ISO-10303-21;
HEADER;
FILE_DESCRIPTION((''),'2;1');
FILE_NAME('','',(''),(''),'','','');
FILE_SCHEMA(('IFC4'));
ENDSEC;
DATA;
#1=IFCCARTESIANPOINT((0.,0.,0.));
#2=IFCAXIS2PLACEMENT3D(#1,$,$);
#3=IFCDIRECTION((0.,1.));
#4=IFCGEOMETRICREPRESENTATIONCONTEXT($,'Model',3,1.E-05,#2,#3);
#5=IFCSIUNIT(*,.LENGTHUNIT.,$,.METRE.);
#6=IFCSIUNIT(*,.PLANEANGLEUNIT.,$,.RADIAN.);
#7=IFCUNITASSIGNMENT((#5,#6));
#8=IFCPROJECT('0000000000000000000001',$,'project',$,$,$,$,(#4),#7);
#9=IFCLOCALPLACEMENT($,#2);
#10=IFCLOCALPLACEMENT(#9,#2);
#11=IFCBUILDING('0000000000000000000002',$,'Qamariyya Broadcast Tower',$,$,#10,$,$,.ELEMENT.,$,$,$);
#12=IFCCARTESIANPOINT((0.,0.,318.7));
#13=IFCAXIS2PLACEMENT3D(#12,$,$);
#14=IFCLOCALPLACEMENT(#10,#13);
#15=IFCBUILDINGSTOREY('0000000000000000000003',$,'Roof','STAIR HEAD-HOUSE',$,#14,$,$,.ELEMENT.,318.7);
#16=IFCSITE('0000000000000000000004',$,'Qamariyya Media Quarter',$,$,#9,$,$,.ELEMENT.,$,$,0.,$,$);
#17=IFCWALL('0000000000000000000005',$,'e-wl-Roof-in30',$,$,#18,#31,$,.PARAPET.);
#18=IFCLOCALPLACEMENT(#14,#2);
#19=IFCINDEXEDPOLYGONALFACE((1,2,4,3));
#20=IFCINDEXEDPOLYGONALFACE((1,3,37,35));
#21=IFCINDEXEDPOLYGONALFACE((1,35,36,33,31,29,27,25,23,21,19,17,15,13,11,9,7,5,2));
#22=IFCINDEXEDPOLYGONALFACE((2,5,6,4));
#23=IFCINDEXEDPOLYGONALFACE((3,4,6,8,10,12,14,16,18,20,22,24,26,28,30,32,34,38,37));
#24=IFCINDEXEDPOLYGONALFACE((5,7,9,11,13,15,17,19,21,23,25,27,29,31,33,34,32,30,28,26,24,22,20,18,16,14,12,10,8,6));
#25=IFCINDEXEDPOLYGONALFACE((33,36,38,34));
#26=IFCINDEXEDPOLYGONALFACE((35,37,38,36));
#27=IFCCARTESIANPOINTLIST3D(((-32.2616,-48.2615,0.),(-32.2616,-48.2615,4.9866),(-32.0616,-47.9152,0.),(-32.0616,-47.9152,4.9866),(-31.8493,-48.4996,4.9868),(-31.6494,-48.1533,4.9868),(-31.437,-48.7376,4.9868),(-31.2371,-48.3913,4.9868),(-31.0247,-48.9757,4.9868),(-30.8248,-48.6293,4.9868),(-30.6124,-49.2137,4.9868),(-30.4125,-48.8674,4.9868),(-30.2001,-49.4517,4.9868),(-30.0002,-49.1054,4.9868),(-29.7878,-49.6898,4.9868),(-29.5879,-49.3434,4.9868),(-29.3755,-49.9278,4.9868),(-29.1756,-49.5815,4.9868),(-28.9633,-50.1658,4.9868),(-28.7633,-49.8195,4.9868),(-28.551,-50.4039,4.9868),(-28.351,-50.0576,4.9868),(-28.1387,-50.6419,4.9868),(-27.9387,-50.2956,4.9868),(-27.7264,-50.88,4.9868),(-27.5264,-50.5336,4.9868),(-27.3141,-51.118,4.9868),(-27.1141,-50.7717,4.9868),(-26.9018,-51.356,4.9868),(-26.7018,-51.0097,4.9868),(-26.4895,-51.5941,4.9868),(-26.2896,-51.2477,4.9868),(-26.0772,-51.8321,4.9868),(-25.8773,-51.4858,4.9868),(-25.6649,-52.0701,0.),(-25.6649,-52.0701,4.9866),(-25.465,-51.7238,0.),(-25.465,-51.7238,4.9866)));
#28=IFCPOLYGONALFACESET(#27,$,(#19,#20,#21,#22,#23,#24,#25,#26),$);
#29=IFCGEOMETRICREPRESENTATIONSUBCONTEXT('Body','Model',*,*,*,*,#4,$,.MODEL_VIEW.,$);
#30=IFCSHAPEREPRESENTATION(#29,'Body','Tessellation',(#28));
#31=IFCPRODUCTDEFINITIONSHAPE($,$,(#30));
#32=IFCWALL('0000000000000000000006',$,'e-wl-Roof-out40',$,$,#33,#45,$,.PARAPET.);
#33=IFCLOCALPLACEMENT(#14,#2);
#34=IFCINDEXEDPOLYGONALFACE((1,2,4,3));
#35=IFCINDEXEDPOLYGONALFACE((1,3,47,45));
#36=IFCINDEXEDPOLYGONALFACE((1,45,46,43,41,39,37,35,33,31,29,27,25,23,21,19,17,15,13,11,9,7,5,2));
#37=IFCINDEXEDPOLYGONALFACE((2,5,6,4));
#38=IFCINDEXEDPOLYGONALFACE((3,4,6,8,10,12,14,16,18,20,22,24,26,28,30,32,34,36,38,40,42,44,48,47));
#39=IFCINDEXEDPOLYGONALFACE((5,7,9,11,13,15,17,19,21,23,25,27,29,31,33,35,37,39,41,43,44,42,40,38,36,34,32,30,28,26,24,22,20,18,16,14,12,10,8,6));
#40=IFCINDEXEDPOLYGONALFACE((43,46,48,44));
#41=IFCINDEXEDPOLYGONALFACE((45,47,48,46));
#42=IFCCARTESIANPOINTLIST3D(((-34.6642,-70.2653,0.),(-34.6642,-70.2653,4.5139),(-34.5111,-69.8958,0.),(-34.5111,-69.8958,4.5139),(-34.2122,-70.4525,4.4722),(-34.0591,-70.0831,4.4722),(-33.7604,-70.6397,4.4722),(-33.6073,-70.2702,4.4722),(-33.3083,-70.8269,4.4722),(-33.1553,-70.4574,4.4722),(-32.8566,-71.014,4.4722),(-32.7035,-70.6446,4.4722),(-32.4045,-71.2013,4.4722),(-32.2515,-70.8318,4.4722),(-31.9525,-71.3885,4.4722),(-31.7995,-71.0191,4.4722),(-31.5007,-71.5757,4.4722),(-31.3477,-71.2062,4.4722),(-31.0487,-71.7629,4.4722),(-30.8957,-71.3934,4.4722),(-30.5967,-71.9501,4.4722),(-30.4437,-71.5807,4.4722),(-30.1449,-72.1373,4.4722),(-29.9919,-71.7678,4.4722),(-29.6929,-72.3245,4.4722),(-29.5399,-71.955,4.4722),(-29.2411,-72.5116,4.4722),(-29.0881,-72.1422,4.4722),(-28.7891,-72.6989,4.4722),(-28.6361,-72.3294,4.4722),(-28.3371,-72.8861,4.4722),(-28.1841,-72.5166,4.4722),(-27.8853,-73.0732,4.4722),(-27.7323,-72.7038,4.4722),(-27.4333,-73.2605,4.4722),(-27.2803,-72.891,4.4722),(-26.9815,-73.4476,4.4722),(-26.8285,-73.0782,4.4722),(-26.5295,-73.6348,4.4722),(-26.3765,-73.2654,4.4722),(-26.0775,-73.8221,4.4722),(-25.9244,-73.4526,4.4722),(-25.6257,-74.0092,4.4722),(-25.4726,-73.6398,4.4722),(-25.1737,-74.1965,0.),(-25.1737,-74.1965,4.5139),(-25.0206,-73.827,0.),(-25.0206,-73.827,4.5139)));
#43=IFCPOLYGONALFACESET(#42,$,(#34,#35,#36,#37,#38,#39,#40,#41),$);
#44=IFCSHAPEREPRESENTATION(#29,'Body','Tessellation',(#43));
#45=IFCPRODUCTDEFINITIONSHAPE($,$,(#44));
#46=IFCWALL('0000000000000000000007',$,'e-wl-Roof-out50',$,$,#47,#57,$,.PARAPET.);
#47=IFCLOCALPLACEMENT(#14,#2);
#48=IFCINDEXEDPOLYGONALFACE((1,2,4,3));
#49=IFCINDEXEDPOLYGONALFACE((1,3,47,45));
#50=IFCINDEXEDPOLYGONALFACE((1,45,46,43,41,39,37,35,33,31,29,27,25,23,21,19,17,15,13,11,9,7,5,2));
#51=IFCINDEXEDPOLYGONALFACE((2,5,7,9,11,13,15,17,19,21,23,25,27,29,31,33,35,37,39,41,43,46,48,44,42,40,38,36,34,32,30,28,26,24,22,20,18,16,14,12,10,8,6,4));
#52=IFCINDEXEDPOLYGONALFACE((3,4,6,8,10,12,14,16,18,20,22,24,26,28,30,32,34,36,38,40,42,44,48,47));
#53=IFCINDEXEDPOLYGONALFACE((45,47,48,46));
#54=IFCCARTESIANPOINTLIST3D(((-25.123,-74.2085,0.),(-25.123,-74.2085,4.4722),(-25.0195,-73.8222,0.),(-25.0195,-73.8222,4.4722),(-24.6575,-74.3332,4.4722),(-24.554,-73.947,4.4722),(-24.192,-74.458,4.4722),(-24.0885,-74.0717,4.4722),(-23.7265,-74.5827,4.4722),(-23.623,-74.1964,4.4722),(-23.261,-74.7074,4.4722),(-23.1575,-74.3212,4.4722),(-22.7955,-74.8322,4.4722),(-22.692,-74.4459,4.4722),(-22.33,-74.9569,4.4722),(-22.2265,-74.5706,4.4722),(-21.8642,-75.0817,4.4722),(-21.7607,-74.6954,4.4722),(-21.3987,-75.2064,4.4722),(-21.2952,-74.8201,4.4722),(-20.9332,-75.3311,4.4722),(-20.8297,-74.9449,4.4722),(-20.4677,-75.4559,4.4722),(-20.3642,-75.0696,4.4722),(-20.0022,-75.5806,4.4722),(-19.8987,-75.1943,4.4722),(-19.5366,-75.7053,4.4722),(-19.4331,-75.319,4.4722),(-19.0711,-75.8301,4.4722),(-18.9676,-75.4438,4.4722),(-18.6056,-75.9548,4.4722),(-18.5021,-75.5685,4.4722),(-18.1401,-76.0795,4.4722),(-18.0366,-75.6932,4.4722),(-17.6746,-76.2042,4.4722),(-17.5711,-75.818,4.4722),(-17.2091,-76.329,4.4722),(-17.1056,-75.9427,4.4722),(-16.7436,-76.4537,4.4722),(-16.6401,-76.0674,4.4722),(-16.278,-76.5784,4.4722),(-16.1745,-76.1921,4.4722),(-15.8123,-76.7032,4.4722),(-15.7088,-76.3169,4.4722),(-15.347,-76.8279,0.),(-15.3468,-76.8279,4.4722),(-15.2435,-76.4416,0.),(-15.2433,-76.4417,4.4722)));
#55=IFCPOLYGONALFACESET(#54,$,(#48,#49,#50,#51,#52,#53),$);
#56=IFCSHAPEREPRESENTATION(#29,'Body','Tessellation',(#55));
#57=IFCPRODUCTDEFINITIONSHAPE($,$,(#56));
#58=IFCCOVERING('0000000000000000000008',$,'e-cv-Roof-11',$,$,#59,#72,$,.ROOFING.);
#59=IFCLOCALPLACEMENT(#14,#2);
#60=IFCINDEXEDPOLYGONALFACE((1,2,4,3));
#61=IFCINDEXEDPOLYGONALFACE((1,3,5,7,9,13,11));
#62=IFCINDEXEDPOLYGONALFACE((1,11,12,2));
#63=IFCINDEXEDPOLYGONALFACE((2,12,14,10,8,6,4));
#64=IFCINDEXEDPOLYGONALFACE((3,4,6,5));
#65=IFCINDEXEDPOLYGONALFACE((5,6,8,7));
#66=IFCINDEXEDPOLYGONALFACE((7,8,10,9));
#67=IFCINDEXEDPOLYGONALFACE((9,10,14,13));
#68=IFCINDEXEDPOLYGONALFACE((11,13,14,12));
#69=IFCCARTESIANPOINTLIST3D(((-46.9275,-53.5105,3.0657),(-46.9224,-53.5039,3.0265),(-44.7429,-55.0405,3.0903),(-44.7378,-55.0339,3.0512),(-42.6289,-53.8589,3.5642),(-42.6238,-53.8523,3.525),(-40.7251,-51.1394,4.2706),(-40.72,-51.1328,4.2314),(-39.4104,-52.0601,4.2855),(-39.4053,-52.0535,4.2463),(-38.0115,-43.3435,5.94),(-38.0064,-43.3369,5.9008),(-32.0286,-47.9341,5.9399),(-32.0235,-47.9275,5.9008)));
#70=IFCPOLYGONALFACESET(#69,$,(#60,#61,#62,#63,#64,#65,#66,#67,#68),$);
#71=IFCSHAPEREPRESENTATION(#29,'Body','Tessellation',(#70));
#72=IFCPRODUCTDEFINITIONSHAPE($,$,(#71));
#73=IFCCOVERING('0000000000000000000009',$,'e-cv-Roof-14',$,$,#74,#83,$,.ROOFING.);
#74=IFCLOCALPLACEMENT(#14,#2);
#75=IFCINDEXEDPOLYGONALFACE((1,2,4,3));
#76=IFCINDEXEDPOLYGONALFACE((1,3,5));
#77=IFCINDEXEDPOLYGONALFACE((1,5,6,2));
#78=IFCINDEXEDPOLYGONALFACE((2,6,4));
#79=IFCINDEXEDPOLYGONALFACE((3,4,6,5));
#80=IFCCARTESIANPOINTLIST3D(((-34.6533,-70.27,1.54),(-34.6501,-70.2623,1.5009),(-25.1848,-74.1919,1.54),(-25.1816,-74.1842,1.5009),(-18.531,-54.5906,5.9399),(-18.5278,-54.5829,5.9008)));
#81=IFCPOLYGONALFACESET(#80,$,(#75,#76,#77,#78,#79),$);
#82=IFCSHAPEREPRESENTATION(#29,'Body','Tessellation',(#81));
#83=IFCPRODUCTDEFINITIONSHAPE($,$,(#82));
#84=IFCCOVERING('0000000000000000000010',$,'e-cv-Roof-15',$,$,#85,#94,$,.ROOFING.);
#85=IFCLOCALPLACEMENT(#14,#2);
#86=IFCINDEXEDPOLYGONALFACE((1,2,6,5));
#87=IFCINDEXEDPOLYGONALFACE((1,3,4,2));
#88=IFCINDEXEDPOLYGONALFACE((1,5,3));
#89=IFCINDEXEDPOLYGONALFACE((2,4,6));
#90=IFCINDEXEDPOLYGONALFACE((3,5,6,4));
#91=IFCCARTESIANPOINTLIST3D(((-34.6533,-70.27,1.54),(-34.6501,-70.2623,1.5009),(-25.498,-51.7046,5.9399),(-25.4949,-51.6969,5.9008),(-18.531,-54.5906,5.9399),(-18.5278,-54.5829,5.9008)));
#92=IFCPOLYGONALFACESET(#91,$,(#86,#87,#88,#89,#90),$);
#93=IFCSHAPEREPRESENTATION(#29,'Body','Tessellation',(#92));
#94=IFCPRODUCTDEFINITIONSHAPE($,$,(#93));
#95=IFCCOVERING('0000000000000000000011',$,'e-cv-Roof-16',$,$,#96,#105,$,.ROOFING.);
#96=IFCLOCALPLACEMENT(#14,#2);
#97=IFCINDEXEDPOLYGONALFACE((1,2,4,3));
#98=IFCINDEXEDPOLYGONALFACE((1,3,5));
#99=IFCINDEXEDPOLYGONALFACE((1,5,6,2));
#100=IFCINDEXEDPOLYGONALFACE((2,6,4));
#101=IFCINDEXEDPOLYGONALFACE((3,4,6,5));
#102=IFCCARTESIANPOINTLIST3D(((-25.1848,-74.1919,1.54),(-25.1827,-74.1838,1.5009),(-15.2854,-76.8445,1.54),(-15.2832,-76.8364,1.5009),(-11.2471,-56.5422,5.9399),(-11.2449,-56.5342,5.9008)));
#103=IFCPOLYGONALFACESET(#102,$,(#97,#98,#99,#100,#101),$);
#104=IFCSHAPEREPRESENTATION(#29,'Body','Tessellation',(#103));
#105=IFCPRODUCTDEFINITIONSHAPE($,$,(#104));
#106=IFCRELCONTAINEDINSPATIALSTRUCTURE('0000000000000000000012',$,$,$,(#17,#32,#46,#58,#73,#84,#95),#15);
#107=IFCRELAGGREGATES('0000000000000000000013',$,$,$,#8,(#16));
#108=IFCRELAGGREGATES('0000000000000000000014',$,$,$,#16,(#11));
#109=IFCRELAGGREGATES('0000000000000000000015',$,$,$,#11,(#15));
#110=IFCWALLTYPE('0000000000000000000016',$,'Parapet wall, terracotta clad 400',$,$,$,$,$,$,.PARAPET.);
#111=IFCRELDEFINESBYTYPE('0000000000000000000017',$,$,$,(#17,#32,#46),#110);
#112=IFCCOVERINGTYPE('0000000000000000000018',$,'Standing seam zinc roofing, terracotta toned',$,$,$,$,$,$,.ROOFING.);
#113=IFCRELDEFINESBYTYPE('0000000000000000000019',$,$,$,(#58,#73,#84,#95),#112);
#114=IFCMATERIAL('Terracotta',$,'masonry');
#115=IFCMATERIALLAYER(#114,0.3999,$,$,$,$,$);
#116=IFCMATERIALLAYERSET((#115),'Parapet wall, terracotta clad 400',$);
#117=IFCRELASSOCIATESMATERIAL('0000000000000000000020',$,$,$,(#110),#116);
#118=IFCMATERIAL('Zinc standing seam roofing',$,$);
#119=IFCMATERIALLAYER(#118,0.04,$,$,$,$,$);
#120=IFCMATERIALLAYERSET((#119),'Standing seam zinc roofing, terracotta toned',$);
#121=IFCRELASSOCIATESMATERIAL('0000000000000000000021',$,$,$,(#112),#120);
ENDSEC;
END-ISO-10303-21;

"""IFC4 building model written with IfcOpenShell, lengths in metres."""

from ifc_helpers import new_model, si_unit, direction, frame, origin, place, context, subcontext, project, spatial, polyline, outline, extrude, material, layer, layer_set, type_object, element, save


model = new_model("IFC4")

# Units and contexts
model_context = context("Model", 3, precision=1e-05, world=origin(), true_north=direction((0.0, 1.0)))
body_context = subcontext(model_context, "Body", "Model", "MODEL_VIEW")
ifc_project = project(units=[si_unit("LENGTHUNIT", "METRE"), si_unit("PLANEANGLEUNIT", "RADIAN")], contexts=[model_context])

# Site, building, storey
site_placement = place(None, origin())
site = spatial("IfcSite", under=ifc_project, at=site_placement, Name="Qamariyya Media Quarter", CompositionType="ELEMENT", RefElevation=0.0)
building_placement = place(site_placement, origin())
building = spatial("IfcBuilding", under=site, at=building_placement, Name="Qamariyya Broadcast Tower", CompositionType="ELEMENT")
storey_placement = place(building_placement, frame((0.0, 0.0, 318.7)))
storey = spatial("IfcBuildingStorey", under=building, at=storey_placement, Name="Roof", Description="STAIR HEAD-HOUSE", CompositionType="ELEMENT", Elevation=318.7)

# Walls
ifc_material_1 = material(Name="Terracotta", Category="masonry")
ifc_layer_1 = layer(ifc_material_1, 0.3999)
ifc_layer_set_1 = layer_set([ifc_layer_1], Name="Parapet wall, terracotta clad 400")
wall_type_1 = type_object("IfcWallType", Name="Parapet wall, terracotta clad 400", PredefinedType="PARAPET", material=ifc_layer_set_1)
wall_1_placement = place(storey_placement, frame((-25.5649, -51.897, 0.0), z_axis=(0.0, 0.0, 1.0), x_axis=(-0.866025, 0.5, 0.0)))
element("IfcWall", 1, at=wall_1_placement, inside=storey, type_object=wall_type_1, Name="e-wl-Roof-in30", PredefinedType="PARAPET", context=body_context, shape_type="SweptSolid", body=[
    extrude(outline(polyline([(0.0, 0.0), (7.6172, 0.0), (7.6172, 4.9866), (7.1411, 4.9868), (6.665, 4.9868), (6.189, 4.9868), (5.7129, 4.9868), (5.2368, 4.9868), (4.7607, 4.9868), (4.2847, 4.9868), (3.8086, 4.9868), (3.3325, 4.9868), (2.8564, 4.9868), (2.3804, 4.9868), (1.9043, 4.9868), (1.4282, 4.9868), (0.9521, 4.9868), (0.4761, 4.9868), (0.0, 4.9866), (0.0, 0.0)])), frame((0.0, 0.2, 0.0), z_axis=(0.0, -1.0, 0.0), x_axis=(1.0, 0.0, 0.0)), (0.0, 0.0, 1.0), 0.3999),
])
wall_2_placement = place(storey_placement, frame((-34.5876, -70.0806, 0.0), z_axis=(0.0, 0.0, 1.0), x_axis=(0.923877, -0.382689, 0.0)))
element("IfcWall", 2, at=wall_2_placement, inside=storey, type_object=wall_type_1, Name="e-wl-Roof-out40", PredefinedType="PARAPET", context=body_context, shape_type="SweptSolid", body=[
    extrude(outline(polyline([(0.0, 0.0), (10.2725, 0.0), (10.2725, 4.5139), (9.7832, 4.4722), (9.2942, 4.4722), (8.8049, 4.4722), (8.3157, 4.4722), (7.8267, 4.4722), (7.3374, 4.4722), (6.8484, 4.4722), (6.3591, 4.4722), (5.8699, 4.4722), (5.3809, 4.4722), (4.8916, 4.4722), (4.4026, 4.4722), (3.9133, 4.4722), (3.4241, 4.4722), (2.9351, 4.4722), (2.4458, 4.4722), (1.9565, 4.4722), (1.4675, 4.4722), (0.9783, 4.4722), (0.4893, 4.4722), (0.0, 4.5139), (0.0, 0.0)])), frame((0.0, 0.2, 0.0), z_axis=(0.0, -1.0, 0.0), x_axis=(1.0, 0.0, 0.0)), (0.0, 0.0, 1.0), 0.3999),
])
wall_3_placement = place(storey_placement, frame((-25.0713, -74.0154, 0.0), z_axis=(0.0, 0.0, 1.0), x_axis=(0.965929, -0.258808, 0.0)))
element("IfcWall", 3, at=wall_3_placement, inside=storey, type_object=wall_type_1, Name="e-wl-Roof-out50", PredefinedType="PARAPET", context=body_context, shape_type="SweptSolid", body=[
    extrude(outline(polyline([(0.0, 0.0), (10.1208, 0.0), (10.1211, 4.4722), (9.6392, 4.4722), (9.157, 4.4722), (8.675, 4.4722), (8.1931, 4.4722), (7.7112, 4.4722), (7.2292, 4.4722), (6.7473, 4.4722), (6.2654, 4.4722), (5.7834, 4.4722), (5.3015, 4.4722), (4.8196, 4.4722), (4.3376, 4.4722), (3.8557, 4.4722), (3.3738, 4.4722), (2.8916, 4.4722), (2.4097, 4.4722), (1.9277, 4.4722), (1.4458, 4.4722), (0.9639, 4.4722), (0.4819, 4.4722), (0.0, 4.4722), (0.0, 0.0)])), frame((0.0, 0.2, 0.0), z_axis=(0.0, -1.0, 0.0), x_axis=(1.0, 0.0, 0.0)), (0.0, 0.0, 1.0), 0.3999),
])

# Coverings
ifc_material_2 = material(Name="Zinc standing seam roofing")
ifc_layer_2 = layer(ifc_material_2, 0.04)
ifc_layer_set_2 = layer_set([ifc_layer_2], Name="Standing seam zinc roofing, terracotta toned")
covering_type = type_object("IfcCoveringType", Name="Standing seam zinc roofing, terracotta toned", PredefinedType="ROOFING", material=ifc_layer_set_2)
covering_1_placement = place(storey_placement, frame((-32.0286, -47.9341, 5.9399), z_axis=(-0.126818, -0.165295, 0.978057), x_axis=(-0.793372, 0.608737, 0.000008)))
element("IfcCovering", 4, at=covering_1_placement, inside=storey, type_object=covering_type, Name="e-cv-Roof-11", PredefinedType="ROOFING", context=body_context, shape_type="SweptSolid", body=[
    extrude(outline(polyline([(0.0, 0.0), (7.5411, 0.0), (8.4258, 13.7964), (5.7612, 13.6779), (4.8033, 11.4036), (4.9484, 8.0128), (3.3449, 7.9413), (0.0, 0.0)])), origin(), (0.0, 0.0, -1.0), 0.04),
])
covering_2_placement = place(storey_placement, frame((-34.6533, -70.27, 1.54), z_axis=(-0.079726, -0.192481, 0.978057), x_axis=(0.923883, -0.382674, 0.0)))
element("IfcCovering", 5, at=covering_2_placement, inside=storey, type_object=covering_type, Name="e-cv-Roof-14", PredefinedType="ROOFING", context=body_context, shape_type="SweptSolid", body=[
    extrude(outline(polyline([(0.0, 0.0), (10.2486, 0.0), (8.895, 21.119), (0.0, 0.0)])), origin(), (0.0, 0.0, -1.0), 0.04),
])
covering_3_placement = place(storey_placement, frame((-34.6533, -70.27, 1.54), z_axis=(-0.07973, -0.192476, 0.978057), x_axis=(0.703546, 0.68422, 0.192003)))
element("IfcCovering", 6, at=covering_3_placement, inside=storey, type_object=covering_type, Name="e-cv-Roof-15", PredefinedType="ROOFING", context=body_context, shape_type="SweptSolid", body=[
    extrude(outline(polyline([(0.0, 0.0), (22.9158, 0.0), (19.9888, 6.9499), (0.0, 0.0)])), origin(), (0.0, 0.0, -1.0), 0.04),
])
covering_4_placement = place(storey_placement, frame((-25.1848, -74.1919, 1.54), z_axis=(-0.053923, -0.201239, 0.978057), x_axis=(0.965925, -0.258823, 0.0)))
element("IfcCovering", 7, at=covering_4_placement, inside=storey, type_object=covering_type, Name="e-cv-Roof-16", PredefinedType="ROOFING", context=body_context, shape_type="SweptSolid", body=[
    extrude(outline(polyline([(0.0, 0.0), (10.2486, 0.0), (8.8947, 21.1191), (0.0, 0.0)])), origin(), (0.0, 0.0, -1.0), 0.04),
])

save(model, "model.ifc")
